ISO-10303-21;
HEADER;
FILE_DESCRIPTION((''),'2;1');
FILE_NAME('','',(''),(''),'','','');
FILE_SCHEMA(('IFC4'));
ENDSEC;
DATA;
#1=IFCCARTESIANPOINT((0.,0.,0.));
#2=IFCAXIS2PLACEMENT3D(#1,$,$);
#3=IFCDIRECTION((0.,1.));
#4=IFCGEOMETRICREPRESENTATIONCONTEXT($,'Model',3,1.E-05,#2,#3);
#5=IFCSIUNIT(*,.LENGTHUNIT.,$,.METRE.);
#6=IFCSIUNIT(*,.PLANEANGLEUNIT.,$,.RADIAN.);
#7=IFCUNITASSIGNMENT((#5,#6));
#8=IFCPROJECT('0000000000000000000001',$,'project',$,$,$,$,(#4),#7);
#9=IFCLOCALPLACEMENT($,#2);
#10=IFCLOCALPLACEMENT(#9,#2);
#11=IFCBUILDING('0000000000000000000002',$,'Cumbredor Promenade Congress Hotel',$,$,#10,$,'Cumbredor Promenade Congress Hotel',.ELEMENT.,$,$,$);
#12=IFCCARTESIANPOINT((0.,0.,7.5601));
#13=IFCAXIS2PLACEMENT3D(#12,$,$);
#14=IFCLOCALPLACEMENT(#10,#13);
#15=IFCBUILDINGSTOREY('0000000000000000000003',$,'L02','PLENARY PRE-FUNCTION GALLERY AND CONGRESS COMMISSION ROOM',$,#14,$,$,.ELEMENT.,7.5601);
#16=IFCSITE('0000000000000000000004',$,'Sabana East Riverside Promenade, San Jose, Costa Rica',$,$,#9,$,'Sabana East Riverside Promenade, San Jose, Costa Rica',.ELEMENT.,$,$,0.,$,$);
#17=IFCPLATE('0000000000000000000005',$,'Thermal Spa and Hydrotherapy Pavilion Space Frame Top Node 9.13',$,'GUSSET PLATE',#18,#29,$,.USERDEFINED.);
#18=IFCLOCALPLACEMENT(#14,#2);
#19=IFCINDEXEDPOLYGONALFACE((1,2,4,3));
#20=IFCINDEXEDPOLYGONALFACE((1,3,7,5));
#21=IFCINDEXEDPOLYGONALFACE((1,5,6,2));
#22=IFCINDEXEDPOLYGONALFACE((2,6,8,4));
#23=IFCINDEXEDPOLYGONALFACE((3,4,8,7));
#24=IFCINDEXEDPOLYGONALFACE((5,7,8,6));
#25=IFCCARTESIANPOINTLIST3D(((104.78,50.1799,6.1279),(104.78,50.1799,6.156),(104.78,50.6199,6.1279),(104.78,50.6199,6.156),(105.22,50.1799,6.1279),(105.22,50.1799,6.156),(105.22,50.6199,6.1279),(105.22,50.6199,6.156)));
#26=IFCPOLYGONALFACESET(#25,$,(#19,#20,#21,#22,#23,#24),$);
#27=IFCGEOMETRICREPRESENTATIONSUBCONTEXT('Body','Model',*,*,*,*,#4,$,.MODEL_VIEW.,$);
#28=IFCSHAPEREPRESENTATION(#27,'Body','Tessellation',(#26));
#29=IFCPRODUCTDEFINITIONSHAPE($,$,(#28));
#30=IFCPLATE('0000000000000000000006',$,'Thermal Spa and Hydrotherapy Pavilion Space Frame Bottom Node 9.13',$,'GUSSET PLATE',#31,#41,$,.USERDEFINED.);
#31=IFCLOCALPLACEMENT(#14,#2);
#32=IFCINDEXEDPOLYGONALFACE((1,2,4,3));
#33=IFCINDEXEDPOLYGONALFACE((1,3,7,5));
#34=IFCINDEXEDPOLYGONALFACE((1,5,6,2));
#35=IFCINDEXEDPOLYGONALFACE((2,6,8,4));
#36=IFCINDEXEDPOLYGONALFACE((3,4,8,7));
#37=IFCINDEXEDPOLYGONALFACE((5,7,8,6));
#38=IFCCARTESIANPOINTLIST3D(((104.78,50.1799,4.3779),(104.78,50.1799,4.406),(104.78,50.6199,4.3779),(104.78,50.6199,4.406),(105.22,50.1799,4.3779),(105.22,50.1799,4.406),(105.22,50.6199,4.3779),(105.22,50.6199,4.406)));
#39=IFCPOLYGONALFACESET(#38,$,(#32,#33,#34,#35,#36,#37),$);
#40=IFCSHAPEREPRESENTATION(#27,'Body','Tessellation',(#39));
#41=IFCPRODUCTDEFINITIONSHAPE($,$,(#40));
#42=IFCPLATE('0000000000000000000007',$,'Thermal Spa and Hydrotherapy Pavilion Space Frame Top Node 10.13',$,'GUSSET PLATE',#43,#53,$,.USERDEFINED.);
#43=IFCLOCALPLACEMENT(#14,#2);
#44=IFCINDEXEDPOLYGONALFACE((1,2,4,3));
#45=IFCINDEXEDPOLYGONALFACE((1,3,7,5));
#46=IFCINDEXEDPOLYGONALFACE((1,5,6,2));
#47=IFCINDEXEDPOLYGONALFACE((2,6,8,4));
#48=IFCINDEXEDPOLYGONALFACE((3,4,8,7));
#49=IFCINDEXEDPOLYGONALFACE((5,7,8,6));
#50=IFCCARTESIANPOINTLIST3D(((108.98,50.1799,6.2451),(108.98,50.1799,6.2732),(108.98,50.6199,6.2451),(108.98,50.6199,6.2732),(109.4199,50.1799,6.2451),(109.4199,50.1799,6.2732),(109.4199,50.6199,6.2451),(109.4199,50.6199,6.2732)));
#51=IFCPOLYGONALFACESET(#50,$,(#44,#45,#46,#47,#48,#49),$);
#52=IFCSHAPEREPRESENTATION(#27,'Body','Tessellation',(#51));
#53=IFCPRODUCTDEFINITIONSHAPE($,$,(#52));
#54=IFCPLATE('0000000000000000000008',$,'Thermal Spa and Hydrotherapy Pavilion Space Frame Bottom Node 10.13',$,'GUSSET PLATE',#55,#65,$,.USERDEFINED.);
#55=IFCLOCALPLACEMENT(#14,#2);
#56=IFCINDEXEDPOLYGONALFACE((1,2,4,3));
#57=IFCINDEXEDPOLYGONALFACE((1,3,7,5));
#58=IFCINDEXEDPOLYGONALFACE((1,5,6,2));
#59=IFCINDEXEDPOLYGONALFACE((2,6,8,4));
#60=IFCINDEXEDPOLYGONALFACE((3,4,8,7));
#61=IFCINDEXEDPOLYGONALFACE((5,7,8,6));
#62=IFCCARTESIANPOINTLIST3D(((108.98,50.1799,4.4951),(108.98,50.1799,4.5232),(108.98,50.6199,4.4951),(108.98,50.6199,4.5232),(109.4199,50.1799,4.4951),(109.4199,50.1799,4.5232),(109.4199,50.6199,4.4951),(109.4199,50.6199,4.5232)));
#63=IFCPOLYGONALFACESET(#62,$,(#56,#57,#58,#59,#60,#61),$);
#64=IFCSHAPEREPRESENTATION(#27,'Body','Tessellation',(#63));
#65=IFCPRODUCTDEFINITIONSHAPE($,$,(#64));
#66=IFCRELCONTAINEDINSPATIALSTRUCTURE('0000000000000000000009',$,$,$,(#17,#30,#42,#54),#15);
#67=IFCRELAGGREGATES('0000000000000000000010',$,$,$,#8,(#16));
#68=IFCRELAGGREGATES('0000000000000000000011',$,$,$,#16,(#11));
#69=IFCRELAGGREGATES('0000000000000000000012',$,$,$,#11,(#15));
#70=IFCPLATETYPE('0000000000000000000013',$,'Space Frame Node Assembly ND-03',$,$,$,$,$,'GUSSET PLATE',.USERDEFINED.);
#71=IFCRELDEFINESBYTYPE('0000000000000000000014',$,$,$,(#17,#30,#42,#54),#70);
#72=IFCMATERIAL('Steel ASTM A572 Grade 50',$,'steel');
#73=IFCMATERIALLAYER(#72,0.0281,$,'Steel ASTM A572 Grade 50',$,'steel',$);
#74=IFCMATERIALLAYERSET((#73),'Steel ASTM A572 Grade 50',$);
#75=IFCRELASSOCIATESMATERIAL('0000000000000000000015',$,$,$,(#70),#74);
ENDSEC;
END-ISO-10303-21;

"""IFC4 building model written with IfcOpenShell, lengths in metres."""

from ifc_helpers import new_model, si_unit, direction, frame, origin, origin_2d, place, context, subcontext, project, spatial, rectangle, extrude, material, layer, layer_set, type_object, element, save


model = new_model("IFC4")

# Units and contexts
model_context = context("Model", 3, precision=1e-05, world=origin(), true_north=direction((0.0, 1.0)))
body_context = subcontext(model_context, "Body", "Model", "MODEL_VIEW")
ifc_project = project(units=[si_unit("LENGTHUNIT", "METRE"), si_unit("PLANEANGLEUNIT", "RADIAN")], contexts=[model_context])

# Site, building, storey
site_placement = place(None, origin())
site = spatial("IfcSite", under=ifc_project, at=site_placement, Name="Sabana East Riverside Promenade, San Jose, Costa Rica", LongName="Sabana East Riverside Promenade, San Jose, Costa Rica", CompositionType="ELEMENT", RefElevation=0.0)
building_placement = place(site_placement, origin())
building = spatial("IfcBuilding", under=site, at=building_placement, Name="Cumbredor Promenade Congress Hotel", LongName="Cumbredor Promenade Congress Hotel", CompositionType="ELEMENT")
storey_placement = place(building_placement, frame((0.0, 0.0, 7.5601)))
storey = spatial("IfcBuildingStorey", under=building, at=storey_placement, Name="L02", Description="PLENARY PRE-FUNCTION GALLERY AND CONGRESS COMMISSION ROOM", CompositionType="ELEMENT", Elevation=7.5601)

# Plates
ifc_material_1 = material(Name="Steel ASTM A572 Grade 50", Category="steel")
ifc_layer_1 = layer(ifc_material_1, 0.0281, Name="Steel ASTM A572 Grade 50", Category="steel")
ifc_layer_set_1 = layer_set([ifc_layer_1], Name="Steel ASTM A572 Grade 50")
plate_type_1 = type_object("IfcPlateType", Name="Space Frame Node Assembly ND-03", ElementType="GUSSET PLATE", PredefinedType="USERDEFINED", material=ifc_layer_set_1)
for number, where, z_axis, x_axis, name in (
    (1, (105.0, 50.3999, 6.1279), (0.0, 0.0, 1.0), (1.0, 0.0, 0.0), "Thermal Spa and Hydrotherapy Pavilion Space Frame Top Node 9.13"),
    (2, (105.0, 50.3999, 4.3779), (0.0, 0.0, 1.0), (1.0, 0.0, 0.0), "Thermal Spa and Hydrotherapy Pavilion Space Frame Bottom Node 9.13"),
    (3, (109.2, 50.3999, 6.2451), (0.0, 0.0, 1.0), (1.0, 0.0, 0.0), "Thermal Spa and Hydrotherapy Pavilion Space Frame Top Node 10.13"),
    (4, (109.2, 50.3999, 4.4951), (0.0, 0.0, 1.0), (1.0, 0.0, 0.0), "Thermal Spa and Hydrotherapy Pavilion Space Frame Bottom Node 10.13"),
):
    element("IfcPlate", number, at=place(storey_placement, frame(where, z_axis=z_axis, x_axis=x_axis)), inside=storey, type_object=plate_type_1, Name=name, ObjectType="GUSSET PLATE", PredefinedType="USERDEFINED", context=body_context, shape_type="SweptSolid", body=[
        extrude(rectangle(XDim=0.4399, YDim=0.4399, at=origin_2d()), origin(), (0.0, 0.0, 1.0), 0.0281),
    ])

save(model, "model.ifc")
